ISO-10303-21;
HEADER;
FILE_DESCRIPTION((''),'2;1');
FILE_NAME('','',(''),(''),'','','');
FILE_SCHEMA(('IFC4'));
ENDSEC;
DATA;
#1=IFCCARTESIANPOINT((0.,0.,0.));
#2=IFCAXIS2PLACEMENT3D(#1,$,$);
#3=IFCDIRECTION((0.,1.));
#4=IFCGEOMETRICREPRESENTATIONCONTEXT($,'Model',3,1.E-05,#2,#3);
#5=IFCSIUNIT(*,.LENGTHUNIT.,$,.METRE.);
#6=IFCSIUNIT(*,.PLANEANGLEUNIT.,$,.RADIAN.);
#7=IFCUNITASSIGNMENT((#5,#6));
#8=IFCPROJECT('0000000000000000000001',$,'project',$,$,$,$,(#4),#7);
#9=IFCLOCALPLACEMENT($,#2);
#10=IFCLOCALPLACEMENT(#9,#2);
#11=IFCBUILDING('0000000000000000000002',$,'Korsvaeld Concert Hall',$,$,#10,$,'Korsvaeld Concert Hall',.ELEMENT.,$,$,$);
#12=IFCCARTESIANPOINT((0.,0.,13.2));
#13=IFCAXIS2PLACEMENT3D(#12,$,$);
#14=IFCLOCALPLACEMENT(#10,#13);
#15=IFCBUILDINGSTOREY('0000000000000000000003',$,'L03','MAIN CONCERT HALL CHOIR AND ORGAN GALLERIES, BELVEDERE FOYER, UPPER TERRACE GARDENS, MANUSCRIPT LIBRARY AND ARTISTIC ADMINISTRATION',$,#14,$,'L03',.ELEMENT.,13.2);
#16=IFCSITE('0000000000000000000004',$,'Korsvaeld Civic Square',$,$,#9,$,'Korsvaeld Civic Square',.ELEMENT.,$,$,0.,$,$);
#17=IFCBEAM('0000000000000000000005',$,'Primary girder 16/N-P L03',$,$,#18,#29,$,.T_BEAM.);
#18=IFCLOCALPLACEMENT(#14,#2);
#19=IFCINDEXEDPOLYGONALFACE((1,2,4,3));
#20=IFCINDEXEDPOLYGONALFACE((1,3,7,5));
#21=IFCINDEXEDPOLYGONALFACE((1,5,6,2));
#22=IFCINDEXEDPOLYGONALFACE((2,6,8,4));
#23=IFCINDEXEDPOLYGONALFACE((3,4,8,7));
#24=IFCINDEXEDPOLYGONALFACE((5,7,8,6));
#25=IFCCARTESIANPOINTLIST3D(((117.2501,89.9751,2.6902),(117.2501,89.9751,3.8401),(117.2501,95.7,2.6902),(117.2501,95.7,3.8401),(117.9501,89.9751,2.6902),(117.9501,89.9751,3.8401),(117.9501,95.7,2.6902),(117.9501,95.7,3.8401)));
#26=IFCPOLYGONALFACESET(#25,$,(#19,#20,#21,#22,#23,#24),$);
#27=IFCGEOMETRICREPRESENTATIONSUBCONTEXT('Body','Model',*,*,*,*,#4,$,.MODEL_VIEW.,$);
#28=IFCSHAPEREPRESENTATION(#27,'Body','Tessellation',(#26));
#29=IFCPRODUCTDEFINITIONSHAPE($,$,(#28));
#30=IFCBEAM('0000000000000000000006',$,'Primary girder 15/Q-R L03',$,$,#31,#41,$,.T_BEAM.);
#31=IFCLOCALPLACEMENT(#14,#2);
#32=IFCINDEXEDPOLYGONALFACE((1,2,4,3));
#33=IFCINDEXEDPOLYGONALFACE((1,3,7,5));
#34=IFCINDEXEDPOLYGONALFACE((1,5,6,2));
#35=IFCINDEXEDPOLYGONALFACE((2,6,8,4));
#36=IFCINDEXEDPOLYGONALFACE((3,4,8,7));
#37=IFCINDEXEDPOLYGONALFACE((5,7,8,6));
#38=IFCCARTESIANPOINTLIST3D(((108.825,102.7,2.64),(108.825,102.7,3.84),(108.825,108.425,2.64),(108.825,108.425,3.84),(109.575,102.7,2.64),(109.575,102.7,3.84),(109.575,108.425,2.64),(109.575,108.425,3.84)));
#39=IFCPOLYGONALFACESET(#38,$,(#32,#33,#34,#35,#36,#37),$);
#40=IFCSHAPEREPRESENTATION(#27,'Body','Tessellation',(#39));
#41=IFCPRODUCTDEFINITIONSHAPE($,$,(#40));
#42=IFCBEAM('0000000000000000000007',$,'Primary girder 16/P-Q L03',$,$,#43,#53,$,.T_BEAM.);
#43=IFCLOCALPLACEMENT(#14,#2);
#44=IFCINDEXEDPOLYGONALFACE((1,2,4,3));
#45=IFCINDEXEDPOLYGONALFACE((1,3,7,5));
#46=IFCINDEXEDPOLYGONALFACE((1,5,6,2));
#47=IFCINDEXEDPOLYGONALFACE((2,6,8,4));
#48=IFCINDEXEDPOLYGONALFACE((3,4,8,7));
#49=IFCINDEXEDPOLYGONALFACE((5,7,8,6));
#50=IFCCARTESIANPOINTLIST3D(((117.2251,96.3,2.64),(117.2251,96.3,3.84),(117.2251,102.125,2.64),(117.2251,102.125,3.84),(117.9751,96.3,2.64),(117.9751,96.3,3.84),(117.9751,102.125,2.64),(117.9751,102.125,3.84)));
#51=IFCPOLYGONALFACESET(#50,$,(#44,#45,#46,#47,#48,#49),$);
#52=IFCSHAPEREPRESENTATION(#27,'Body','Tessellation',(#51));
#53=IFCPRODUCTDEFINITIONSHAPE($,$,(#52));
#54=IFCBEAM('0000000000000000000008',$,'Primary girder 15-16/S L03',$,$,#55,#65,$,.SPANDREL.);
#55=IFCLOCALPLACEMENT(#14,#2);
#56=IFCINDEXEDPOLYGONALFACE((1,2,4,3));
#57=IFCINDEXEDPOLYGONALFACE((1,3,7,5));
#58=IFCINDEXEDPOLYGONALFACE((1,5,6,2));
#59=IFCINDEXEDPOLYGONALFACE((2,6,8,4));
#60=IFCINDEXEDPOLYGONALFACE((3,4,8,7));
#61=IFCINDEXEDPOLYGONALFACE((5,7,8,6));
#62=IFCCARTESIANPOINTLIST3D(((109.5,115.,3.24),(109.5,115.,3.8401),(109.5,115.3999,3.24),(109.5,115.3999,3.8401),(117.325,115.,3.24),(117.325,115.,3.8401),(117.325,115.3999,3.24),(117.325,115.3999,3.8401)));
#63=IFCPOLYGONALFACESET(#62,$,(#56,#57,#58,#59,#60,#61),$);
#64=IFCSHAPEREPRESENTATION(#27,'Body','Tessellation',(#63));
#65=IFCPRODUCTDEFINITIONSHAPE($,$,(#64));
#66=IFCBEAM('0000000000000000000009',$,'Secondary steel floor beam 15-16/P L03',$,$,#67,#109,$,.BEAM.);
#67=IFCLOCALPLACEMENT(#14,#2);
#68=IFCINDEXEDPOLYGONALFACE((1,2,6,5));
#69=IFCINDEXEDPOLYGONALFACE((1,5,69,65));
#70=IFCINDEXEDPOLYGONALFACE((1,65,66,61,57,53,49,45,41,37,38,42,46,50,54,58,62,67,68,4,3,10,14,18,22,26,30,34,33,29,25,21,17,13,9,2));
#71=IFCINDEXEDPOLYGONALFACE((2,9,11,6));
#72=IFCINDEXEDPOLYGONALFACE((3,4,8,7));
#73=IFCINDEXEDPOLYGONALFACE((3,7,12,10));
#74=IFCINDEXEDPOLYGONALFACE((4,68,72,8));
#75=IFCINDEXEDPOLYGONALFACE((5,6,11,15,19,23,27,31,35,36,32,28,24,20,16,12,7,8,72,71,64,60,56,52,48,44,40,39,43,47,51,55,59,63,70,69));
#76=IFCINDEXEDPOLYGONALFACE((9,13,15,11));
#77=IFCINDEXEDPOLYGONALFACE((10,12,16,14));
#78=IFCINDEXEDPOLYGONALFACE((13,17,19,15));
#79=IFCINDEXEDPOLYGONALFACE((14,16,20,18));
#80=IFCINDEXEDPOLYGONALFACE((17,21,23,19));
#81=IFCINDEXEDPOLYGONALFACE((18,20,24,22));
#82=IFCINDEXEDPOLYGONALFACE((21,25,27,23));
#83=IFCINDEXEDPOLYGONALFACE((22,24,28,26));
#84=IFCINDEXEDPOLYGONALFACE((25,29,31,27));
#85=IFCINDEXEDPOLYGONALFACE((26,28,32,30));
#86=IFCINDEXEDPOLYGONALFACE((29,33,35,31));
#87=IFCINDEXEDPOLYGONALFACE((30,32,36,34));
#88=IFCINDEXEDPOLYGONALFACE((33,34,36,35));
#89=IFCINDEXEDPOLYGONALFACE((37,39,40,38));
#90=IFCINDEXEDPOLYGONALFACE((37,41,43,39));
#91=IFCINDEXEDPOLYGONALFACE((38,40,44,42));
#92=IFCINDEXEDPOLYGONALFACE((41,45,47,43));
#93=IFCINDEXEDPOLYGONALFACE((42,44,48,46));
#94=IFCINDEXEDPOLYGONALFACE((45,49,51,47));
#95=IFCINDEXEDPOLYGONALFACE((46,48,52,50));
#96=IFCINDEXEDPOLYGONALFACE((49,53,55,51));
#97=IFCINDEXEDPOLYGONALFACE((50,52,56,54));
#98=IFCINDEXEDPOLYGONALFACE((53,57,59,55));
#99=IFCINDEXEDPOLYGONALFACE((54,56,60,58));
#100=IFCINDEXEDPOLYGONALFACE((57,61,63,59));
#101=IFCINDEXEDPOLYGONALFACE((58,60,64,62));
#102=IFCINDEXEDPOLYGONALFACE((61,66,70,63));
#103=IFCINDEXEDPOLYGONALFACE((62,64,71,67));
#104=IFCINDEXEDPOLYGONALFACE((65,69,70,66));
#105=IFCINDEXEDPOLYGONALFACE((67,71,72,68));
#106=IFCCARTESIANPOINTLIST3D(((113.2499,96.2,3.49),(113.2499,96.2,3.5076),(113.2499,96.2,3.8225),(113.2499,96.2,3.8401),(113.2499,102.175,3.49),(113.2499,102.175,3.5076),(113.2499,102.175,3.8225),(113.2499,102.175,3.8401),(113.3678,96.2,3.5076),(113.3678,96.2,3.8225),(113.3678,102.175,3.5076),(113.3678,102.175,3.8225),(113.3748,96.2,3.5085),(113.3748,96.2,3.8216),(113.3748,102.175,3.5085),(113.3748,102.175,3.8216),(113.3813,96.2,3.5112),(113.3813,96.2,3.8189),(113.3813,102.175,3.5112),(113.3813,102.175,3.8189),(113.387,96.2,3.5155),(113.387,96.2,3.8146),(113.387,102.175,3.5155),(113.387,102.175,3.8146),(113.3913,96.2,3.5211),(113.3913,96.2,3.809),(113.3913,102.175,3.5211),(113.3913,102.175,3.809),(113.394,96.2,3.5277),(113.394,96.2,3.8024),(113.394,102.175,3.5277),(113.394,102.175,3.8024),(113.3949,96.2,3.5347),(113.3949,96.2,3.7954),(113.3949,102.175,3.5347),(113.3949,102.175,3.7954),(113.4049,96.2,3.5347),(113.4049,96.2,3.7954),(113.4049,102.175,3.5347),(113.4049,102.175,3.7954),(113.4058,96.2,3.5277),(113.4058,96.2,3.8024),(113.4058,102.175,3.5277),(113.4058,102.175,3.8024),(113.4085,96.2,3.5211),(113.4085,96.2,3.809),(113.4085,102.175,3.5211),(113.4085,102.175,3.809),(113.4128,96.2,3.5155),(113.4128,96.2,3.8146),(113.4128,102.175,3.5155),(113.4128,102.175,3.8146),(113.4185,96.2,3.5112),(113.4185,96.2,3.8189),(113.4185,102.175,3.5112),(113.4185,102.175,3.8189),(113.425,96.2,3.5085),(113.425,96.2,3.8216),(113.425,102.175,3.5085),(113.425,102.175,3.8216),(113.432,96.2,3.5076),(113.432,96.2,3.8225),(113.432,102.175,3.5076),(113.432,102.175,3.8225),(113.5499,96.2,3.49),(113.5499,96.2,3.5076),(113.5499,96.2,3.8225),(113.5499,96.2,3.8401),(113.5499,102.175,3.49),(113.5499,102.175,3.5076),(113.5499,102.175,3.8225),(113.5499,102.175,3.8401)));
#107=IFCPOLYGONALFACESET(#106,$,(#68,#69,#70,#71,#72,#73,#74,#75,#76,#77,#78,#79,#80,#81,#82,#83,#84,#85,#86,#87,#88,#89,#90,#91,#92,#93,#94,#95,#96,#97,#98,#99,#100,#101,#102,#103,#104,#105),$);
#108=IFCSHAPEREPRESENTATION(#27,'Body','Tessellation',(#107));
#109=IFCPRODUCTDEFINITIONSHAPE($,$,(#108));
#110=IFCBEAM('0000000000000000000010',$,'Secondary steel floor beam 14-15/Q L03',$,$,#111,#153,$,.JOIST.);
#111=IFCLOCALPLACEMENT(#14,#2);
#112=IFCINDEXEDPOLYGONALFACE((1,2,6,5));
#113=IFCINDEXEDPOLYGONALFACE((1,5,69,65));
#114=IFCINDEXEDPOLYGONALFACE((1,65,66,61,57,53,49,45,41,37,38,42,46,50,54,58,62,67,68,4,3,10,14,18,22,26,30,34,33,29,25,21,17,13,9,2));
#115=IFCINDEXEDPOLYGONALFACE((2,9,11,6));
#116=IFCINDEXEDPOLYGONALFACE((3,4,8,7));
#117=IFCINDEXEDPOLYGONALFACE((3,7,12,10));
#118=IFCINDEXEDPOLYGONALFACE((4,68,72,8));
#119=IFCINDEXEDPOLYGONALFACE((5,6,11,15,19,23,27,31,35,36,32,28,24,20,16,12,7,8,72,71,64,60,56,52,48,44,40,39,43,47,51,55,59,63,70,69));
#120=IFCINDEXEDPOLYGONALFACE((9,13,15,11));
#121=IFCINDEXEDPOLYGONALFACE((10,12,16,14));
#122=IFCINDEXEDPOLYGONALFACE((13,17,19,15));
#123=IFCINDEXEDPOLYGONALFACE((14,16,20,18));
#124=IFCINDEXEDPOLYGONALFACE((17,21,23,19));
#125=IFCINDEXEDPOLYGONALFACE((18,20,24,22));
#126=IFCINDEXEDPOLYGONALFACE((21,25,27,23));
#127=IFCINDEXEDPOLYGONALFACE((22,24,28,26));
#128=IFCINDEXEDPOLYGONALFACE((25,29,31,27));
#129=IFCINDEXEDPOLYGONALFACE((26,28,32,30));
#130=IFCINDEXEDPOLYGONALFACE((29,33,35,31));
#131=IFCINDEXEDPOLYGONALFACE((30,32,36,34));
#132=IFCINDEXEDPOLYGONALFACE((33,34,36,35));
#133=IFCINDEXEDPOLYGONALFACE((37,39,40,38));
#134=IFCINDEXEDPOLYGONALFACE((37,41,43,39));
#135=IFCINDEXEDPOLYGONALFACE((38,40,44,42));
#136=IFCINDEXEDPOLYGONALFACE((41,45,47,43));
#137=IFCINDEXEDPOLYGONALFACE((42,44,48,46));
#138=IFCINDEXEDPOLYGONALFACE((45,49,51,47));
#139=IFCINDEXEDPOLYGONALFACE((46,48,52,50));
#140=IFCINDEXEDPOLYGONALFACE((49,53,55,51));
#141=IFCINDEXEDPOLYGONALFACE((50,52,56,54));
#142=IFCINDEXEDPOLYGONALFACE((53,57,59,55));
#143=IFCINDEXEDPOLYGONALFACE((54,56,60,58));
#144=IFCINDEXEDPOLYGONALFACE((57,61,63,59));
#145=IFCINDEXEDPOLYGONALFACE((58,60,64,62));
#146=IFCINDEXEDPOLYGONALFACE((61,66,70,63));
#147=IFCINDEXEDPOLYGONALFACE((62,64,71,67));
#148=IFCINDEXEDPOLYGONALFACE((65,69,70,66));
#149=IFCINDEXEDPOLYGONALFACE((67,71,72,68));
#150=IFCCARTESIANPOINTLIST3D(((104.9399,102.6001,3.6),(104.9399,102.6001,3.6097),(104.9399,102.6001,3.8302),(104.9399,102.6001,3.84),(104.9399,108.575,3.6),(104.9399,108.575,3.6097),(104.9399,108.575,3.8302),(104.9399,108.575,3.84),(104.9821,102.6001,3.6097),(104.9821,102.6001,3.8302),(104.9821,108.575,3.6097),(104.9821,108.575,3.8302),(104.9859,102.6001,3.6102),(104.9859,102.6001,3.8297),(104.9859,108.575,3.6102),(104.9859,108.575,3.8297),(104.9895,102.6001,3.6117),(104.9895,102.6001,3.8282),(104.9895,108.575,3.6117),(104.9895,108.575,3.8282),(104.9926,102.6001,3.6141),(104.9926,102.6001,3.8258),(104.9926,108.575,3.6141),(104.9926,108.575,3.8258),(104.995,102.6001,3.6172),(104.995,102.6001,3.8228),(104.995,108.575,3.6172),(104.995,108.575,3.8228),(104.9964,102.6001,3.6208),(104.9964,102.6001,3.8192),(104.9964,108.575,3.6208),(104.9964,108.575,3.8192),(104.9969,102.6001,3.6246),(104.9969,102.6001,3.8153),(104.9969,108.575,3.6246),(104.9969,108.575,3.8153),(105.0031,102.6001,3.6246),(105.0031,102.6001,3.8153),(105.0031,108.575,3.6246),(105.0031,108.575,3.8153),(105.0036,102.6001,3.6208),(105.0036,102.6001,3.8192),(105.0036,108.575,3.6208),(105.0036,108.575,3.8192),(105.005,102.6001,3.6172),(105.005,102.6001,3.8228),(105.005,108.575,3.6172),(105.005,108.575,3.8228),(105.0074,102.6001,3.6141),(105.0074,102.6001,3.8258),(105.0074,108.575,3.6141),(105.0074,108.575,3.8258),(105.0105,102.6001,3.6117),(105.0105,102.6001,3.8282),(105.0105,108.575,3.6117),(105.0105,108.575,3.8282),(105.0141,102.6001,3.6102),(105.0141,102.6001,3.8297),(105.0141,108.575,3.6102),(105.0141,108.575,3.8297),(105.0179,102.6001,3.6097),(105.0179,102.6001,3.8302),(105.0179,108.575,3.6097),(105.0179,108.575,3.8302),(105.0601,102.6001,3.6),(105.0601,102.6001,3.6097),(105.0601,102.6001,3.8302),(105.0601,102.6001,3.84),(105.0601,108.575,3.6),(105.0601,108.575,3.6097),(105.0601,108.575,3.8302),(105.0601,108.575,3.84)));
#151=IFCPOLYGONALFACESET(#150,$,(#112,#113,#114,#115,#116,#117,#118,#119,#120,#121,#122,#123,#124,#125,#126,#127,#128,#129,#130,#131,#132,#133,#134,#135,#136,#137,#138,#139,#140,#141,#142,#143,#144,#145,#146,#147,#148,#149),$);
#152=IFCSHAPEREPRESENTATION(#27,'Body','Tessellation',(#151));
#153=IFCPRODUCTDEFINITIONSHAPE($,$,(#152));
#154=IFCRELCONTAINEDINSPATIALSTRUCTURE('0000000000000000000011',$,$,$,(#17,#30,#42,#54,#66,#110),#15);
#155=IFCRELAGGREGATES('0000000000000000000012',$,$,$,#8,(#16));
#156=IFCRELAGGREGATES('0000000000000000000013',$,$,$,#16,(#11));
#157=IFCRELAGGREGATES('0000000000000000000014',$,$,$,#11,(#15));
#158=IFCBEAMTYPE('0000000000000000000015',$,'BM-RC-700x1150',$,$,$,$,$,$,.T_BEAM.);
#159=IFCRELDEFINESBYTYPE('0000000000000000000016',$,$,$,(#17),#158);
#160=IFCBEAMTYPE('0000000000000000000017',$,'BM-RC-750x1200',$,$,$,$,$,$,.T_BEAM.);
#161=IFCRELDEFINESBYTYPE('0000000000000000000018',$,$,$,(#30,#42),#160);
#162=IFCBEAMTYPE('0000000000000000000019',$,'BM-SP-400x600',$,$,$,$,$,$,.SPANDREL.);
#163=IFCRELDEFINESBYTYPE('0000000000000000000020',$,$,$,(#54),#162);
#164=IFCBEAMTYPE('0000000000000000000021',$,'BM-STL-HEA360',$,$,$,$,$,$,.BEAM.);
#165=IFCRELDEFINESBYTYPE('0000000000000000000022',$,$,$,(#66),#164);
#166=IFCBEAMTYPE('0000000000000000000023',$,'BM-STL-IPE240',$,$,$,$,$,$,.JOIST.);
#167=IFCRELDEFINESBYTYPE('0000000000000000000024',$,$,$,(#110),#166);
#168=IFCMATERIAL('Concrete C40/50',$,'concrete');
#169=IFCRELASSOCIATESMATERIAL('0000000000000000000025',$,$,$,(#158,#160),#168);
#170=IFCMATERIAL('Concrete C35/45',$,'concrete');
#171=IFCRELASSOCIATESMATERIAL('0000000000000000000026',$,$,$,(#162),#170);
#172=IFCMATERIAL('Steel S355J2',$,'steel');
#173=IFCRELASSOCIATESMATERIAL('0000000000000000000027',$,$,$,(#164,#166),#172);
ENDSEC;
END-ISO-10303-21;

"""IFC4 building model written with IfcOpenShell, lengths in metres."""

from ifc_helpers import new_model, si_unit, direction, frame, origin, origin_2d, place, context, subcontext, project, spatial, rectangle, i_section, extrude, material, material_profile, profile_set, type_object, element, save


model = new_model("IFC4")

# Units and contexts
model_context = context("Model", 3, precision=1e-05, world=origin(), true_north=direction((0.0, 1.0)))
body_context = subcontext(model_context, "Body", "Model", "MODEL_VIEW")
ifc_project = project(units=[si_unit("LENGTHUNIT", "METRE"), si_unit("PLANEANGLEUNIT", "RADIAN")], contexts=[model_context])

# Site, building, storey
site_placement = place(None, origin())
site = spatial("IfcSite", under=ifc_project, at=site_placement, Name="Korsvaeld Civic Square", LongName="Korsvaeld Civic Square", CompositionType="ELEMENT", RefElevation=0.0)
building_placement = place(site_placement, origin())
building = spatial("IfcBuilding", under=site, at=building_placement, Name="Korsvaeld Concert Hall", LongName="Korsvaeld Concert Hall", CompositionType="ELEMENT")
storey_placement = place(building_placement, frame((0.0, 0.0, 13.2)))
storey = spatial("IfcBuildingStorey", under=building, at=storey_placement, Name="L03", Description="MAIN CONCERT HALL CHOIR AND ORGAN GALLERIES, BELVEDERE FOYER, UPPER TERRACE GARDENS, MANUSCRIPT LIBRARY AND ARTISTIC ADMINISTRATION", LongName="L03", CompositionType="ELEMENT", Elevation=13.2)

# Shared definitions
ifc_material_1 = material(Name="Concrete C40/50", Category="concrete")

# Beams
ifc_material_2 = material(Name="Concrete C35/45", Category="concrete")
ifc_material_profile_1 = material_profile(ifc_material_1, rectangle(XDim=0.7, YDim=1.1499, at=origin_2d()), Name="RC 700x1150")
ifc_profile_set_1 = profile_set([ifc_material_profile_1], Name="Concrete C40/50")
beam_type_1 = type_object("IfcBeamType", Name="BM-RC-700x1150", PredefinedType="T_BEAM", material=ifc_profile_set_1)
beam_1_placement = place(storey_placement, frame((117.6001, 89.9751, 3.2651), z_axis=(0.0, 1.0, 0.0), x_axis=(-1.0, 0.0, 0.0)))
element("IfcBeam", 1, at=beam_1_placement, inside=storey, type_object=beam_type_1, Name="Primary girder 16/N-P L03", PredefinedType="T_BEAM", context=body_context, shape_type="SweptSolid", body=[
    extrude(rectangle(XDim=0.7, YDim=1.1499, at=origin_2d()), origin(), (0.0, 0.0, 1.0), 5.7249),
])
ifc_material_profile_2 = material_profile(ifc_material_1, rectangle(XDim=0.75, YDim=1.2, at=origin_2d()), Name="RC 750x1200")
ifc_profile_set_2 = profile_set([ifc_material_profile_2], Name="Concrete C40/50")
beam_type_2 = type_object("IfcBeamType", Name="BM-RC-750x1200", PredefinedType="T_BEAM", material=ifc_profile_set_2)
beam_2_placement = place(storey_placement, frame((109.2, 102.7, 3.24), z_axis=(0.0, 1.0, 0.0), x_axis=(-1.0, 0.0, 0.0)))
element("IfcBeam", 2, at=beam_2_placement, inside=storey, type_object=beam_type_2, Name="Primary girder 15/Q-R L03", PredefinedType="T_BEAM", context=body_context, shape_type="SweptSolid", body=[
    extrude(rectangle(XDim=0.75, YDim=1.2, at=origin_2d()), origin(), (0.0, 0.0, 1.0), 5.7251),
])
beam_3_placement = place(storey_placement, frame((117.6001, 96.3, 3.24), z_axis=(0.0, 1.0, 0.0), x_axis=(-1.0, 0.0, 0.0)))
element("IfcBeam", 3, at=beam_3_placement, inside=storey, type_object=beam_type_2, Name="Primary girder 16/P-Q L03", PredefinedType="T_BEAM", context=body_context, shape_type="SweptSolid", body=[
    extrude(rectangle(XDim=0.75, YDim=1.2, at=origin_2d()), origin(), (0.0, 0.0, 1.0), 5.825),
])
ifc_material_profile_3 = material_profile(ifc_material_2, rectangle(XDim=0.3999, YDim=0.6001, at=origin_2d()), Name="RC 400x600")
ifc_profile_set_3 = profile_set([ifc_material_profile_3], Name="Concrete C35/45")
beam_type_3 = type_object("IfcBeamType", Name="BM-SP-400x600", PredefinedType="SPANDREL", material=ifc_profile_set_3)
beam_4_placement = place(storey_placement, frame((109.5, 115.2, 3.54), z_axis=(1.0, 0.0, 0.0), x_axis=(0.0, 1.0, 0.0)))
element("IfcBeam", 4, at=beam_4_placement, inside=storey, type_object=beam_type_3, Name="Primary girder 15-16/S L03", PredefinedType="SPANDREL", context=body_context, shape_type="SweptSolid", body=[
    extrude(rectangle(XDim=0.3999, YDim=0.6001, at=origin_2d()), origin(), (0.0, 0.0, 1.0), 7.825),
])
ifc_material_3 = material(Name="Steel S355J2", Category="steel")
ifc_material_profile_4 = material_profile(ifc_material_3, i_section(OverallWidth=0.3, OverallDepth=0.3501, WebThickness=0.01, FlangeThickness=0.0176, FilletRadius=0.0271, at=origin_2d()), Name="HEA 360")
ifc_profile_set_4 = profile_set([ifc_material_profile_4], Name="Steel S355J2")
beam_type_4 = type_object("IfcBeamType", Name="BM-STL-HEA360", PredefinedType="BEAM", material=ifc_profile_set_4)
beam_5_placement = place(storey_placement, frame((113.3999, 96.2, 3.665), z_axis=(0.0, 1.0, 0.0), x_axis=(-1.0, 0.0, 0.0)))
element("IfcBeam", 5, at=beam_5_placement, inside=storey, type_object=beam_type_4, Name="Secondary steel floor beam 15-16/P L03", PredefinedType="BEAM", context=body_context, shape_type="SweptSolid", body=[
    extrude(i_section(OverallWidth=0.3, OverallDepth=0.3501, WebThickness=0.01, FlangeThickness=0.0176, FilletRadius=0.0271, at=origin_2d()), origin(), (0.0, 0.0, 1.0), 5.9751),
])
ifc_material_profile_5 = material_profile(ifc_material_3, i_section(OverallWidth=0.1201, OverallDepth=0.24, WebThickness=0.0061, FlangeThickness=0.0098, FilletRadius=0.0149, at=origin_2d()), Name="IPE 240")
ifc_profile_set_5 = profile_set([ifc_material_profile_5], Name="Steel S355J2")
beam_type_5 = type_object("IfcBeamType", Name="BM-STL-IPE240", PredefinedType="JOIST", material=ifc_profile_set_5)
beam_6_placement = place(storey_placement, frame((105.0, 102.6001, 3.72), z_axis=(0.0, 1.0, 0.0), x_axis=(-1.0, 0.0, 0.0)))
element("IfcBeam", 6, at=beam_6_placement, inside=storey, type_object=beam_type_5, Name="Secondary steel floor beam 14-15/Q L03", PredefinedType="JOIST", context=body_context, shape_type="SweptSolid", body=[
    extrude(i_section(OverallWidth=0.1201, OverallDepth=0.24, WebThickness=0.0061, FlangeThickness=0.0098, FilletRadius=0.0149, at=origin_2d()), origin(), (0.0, 0.0, 1.0), 5.9749),
])

save(model, "model.ifc")
